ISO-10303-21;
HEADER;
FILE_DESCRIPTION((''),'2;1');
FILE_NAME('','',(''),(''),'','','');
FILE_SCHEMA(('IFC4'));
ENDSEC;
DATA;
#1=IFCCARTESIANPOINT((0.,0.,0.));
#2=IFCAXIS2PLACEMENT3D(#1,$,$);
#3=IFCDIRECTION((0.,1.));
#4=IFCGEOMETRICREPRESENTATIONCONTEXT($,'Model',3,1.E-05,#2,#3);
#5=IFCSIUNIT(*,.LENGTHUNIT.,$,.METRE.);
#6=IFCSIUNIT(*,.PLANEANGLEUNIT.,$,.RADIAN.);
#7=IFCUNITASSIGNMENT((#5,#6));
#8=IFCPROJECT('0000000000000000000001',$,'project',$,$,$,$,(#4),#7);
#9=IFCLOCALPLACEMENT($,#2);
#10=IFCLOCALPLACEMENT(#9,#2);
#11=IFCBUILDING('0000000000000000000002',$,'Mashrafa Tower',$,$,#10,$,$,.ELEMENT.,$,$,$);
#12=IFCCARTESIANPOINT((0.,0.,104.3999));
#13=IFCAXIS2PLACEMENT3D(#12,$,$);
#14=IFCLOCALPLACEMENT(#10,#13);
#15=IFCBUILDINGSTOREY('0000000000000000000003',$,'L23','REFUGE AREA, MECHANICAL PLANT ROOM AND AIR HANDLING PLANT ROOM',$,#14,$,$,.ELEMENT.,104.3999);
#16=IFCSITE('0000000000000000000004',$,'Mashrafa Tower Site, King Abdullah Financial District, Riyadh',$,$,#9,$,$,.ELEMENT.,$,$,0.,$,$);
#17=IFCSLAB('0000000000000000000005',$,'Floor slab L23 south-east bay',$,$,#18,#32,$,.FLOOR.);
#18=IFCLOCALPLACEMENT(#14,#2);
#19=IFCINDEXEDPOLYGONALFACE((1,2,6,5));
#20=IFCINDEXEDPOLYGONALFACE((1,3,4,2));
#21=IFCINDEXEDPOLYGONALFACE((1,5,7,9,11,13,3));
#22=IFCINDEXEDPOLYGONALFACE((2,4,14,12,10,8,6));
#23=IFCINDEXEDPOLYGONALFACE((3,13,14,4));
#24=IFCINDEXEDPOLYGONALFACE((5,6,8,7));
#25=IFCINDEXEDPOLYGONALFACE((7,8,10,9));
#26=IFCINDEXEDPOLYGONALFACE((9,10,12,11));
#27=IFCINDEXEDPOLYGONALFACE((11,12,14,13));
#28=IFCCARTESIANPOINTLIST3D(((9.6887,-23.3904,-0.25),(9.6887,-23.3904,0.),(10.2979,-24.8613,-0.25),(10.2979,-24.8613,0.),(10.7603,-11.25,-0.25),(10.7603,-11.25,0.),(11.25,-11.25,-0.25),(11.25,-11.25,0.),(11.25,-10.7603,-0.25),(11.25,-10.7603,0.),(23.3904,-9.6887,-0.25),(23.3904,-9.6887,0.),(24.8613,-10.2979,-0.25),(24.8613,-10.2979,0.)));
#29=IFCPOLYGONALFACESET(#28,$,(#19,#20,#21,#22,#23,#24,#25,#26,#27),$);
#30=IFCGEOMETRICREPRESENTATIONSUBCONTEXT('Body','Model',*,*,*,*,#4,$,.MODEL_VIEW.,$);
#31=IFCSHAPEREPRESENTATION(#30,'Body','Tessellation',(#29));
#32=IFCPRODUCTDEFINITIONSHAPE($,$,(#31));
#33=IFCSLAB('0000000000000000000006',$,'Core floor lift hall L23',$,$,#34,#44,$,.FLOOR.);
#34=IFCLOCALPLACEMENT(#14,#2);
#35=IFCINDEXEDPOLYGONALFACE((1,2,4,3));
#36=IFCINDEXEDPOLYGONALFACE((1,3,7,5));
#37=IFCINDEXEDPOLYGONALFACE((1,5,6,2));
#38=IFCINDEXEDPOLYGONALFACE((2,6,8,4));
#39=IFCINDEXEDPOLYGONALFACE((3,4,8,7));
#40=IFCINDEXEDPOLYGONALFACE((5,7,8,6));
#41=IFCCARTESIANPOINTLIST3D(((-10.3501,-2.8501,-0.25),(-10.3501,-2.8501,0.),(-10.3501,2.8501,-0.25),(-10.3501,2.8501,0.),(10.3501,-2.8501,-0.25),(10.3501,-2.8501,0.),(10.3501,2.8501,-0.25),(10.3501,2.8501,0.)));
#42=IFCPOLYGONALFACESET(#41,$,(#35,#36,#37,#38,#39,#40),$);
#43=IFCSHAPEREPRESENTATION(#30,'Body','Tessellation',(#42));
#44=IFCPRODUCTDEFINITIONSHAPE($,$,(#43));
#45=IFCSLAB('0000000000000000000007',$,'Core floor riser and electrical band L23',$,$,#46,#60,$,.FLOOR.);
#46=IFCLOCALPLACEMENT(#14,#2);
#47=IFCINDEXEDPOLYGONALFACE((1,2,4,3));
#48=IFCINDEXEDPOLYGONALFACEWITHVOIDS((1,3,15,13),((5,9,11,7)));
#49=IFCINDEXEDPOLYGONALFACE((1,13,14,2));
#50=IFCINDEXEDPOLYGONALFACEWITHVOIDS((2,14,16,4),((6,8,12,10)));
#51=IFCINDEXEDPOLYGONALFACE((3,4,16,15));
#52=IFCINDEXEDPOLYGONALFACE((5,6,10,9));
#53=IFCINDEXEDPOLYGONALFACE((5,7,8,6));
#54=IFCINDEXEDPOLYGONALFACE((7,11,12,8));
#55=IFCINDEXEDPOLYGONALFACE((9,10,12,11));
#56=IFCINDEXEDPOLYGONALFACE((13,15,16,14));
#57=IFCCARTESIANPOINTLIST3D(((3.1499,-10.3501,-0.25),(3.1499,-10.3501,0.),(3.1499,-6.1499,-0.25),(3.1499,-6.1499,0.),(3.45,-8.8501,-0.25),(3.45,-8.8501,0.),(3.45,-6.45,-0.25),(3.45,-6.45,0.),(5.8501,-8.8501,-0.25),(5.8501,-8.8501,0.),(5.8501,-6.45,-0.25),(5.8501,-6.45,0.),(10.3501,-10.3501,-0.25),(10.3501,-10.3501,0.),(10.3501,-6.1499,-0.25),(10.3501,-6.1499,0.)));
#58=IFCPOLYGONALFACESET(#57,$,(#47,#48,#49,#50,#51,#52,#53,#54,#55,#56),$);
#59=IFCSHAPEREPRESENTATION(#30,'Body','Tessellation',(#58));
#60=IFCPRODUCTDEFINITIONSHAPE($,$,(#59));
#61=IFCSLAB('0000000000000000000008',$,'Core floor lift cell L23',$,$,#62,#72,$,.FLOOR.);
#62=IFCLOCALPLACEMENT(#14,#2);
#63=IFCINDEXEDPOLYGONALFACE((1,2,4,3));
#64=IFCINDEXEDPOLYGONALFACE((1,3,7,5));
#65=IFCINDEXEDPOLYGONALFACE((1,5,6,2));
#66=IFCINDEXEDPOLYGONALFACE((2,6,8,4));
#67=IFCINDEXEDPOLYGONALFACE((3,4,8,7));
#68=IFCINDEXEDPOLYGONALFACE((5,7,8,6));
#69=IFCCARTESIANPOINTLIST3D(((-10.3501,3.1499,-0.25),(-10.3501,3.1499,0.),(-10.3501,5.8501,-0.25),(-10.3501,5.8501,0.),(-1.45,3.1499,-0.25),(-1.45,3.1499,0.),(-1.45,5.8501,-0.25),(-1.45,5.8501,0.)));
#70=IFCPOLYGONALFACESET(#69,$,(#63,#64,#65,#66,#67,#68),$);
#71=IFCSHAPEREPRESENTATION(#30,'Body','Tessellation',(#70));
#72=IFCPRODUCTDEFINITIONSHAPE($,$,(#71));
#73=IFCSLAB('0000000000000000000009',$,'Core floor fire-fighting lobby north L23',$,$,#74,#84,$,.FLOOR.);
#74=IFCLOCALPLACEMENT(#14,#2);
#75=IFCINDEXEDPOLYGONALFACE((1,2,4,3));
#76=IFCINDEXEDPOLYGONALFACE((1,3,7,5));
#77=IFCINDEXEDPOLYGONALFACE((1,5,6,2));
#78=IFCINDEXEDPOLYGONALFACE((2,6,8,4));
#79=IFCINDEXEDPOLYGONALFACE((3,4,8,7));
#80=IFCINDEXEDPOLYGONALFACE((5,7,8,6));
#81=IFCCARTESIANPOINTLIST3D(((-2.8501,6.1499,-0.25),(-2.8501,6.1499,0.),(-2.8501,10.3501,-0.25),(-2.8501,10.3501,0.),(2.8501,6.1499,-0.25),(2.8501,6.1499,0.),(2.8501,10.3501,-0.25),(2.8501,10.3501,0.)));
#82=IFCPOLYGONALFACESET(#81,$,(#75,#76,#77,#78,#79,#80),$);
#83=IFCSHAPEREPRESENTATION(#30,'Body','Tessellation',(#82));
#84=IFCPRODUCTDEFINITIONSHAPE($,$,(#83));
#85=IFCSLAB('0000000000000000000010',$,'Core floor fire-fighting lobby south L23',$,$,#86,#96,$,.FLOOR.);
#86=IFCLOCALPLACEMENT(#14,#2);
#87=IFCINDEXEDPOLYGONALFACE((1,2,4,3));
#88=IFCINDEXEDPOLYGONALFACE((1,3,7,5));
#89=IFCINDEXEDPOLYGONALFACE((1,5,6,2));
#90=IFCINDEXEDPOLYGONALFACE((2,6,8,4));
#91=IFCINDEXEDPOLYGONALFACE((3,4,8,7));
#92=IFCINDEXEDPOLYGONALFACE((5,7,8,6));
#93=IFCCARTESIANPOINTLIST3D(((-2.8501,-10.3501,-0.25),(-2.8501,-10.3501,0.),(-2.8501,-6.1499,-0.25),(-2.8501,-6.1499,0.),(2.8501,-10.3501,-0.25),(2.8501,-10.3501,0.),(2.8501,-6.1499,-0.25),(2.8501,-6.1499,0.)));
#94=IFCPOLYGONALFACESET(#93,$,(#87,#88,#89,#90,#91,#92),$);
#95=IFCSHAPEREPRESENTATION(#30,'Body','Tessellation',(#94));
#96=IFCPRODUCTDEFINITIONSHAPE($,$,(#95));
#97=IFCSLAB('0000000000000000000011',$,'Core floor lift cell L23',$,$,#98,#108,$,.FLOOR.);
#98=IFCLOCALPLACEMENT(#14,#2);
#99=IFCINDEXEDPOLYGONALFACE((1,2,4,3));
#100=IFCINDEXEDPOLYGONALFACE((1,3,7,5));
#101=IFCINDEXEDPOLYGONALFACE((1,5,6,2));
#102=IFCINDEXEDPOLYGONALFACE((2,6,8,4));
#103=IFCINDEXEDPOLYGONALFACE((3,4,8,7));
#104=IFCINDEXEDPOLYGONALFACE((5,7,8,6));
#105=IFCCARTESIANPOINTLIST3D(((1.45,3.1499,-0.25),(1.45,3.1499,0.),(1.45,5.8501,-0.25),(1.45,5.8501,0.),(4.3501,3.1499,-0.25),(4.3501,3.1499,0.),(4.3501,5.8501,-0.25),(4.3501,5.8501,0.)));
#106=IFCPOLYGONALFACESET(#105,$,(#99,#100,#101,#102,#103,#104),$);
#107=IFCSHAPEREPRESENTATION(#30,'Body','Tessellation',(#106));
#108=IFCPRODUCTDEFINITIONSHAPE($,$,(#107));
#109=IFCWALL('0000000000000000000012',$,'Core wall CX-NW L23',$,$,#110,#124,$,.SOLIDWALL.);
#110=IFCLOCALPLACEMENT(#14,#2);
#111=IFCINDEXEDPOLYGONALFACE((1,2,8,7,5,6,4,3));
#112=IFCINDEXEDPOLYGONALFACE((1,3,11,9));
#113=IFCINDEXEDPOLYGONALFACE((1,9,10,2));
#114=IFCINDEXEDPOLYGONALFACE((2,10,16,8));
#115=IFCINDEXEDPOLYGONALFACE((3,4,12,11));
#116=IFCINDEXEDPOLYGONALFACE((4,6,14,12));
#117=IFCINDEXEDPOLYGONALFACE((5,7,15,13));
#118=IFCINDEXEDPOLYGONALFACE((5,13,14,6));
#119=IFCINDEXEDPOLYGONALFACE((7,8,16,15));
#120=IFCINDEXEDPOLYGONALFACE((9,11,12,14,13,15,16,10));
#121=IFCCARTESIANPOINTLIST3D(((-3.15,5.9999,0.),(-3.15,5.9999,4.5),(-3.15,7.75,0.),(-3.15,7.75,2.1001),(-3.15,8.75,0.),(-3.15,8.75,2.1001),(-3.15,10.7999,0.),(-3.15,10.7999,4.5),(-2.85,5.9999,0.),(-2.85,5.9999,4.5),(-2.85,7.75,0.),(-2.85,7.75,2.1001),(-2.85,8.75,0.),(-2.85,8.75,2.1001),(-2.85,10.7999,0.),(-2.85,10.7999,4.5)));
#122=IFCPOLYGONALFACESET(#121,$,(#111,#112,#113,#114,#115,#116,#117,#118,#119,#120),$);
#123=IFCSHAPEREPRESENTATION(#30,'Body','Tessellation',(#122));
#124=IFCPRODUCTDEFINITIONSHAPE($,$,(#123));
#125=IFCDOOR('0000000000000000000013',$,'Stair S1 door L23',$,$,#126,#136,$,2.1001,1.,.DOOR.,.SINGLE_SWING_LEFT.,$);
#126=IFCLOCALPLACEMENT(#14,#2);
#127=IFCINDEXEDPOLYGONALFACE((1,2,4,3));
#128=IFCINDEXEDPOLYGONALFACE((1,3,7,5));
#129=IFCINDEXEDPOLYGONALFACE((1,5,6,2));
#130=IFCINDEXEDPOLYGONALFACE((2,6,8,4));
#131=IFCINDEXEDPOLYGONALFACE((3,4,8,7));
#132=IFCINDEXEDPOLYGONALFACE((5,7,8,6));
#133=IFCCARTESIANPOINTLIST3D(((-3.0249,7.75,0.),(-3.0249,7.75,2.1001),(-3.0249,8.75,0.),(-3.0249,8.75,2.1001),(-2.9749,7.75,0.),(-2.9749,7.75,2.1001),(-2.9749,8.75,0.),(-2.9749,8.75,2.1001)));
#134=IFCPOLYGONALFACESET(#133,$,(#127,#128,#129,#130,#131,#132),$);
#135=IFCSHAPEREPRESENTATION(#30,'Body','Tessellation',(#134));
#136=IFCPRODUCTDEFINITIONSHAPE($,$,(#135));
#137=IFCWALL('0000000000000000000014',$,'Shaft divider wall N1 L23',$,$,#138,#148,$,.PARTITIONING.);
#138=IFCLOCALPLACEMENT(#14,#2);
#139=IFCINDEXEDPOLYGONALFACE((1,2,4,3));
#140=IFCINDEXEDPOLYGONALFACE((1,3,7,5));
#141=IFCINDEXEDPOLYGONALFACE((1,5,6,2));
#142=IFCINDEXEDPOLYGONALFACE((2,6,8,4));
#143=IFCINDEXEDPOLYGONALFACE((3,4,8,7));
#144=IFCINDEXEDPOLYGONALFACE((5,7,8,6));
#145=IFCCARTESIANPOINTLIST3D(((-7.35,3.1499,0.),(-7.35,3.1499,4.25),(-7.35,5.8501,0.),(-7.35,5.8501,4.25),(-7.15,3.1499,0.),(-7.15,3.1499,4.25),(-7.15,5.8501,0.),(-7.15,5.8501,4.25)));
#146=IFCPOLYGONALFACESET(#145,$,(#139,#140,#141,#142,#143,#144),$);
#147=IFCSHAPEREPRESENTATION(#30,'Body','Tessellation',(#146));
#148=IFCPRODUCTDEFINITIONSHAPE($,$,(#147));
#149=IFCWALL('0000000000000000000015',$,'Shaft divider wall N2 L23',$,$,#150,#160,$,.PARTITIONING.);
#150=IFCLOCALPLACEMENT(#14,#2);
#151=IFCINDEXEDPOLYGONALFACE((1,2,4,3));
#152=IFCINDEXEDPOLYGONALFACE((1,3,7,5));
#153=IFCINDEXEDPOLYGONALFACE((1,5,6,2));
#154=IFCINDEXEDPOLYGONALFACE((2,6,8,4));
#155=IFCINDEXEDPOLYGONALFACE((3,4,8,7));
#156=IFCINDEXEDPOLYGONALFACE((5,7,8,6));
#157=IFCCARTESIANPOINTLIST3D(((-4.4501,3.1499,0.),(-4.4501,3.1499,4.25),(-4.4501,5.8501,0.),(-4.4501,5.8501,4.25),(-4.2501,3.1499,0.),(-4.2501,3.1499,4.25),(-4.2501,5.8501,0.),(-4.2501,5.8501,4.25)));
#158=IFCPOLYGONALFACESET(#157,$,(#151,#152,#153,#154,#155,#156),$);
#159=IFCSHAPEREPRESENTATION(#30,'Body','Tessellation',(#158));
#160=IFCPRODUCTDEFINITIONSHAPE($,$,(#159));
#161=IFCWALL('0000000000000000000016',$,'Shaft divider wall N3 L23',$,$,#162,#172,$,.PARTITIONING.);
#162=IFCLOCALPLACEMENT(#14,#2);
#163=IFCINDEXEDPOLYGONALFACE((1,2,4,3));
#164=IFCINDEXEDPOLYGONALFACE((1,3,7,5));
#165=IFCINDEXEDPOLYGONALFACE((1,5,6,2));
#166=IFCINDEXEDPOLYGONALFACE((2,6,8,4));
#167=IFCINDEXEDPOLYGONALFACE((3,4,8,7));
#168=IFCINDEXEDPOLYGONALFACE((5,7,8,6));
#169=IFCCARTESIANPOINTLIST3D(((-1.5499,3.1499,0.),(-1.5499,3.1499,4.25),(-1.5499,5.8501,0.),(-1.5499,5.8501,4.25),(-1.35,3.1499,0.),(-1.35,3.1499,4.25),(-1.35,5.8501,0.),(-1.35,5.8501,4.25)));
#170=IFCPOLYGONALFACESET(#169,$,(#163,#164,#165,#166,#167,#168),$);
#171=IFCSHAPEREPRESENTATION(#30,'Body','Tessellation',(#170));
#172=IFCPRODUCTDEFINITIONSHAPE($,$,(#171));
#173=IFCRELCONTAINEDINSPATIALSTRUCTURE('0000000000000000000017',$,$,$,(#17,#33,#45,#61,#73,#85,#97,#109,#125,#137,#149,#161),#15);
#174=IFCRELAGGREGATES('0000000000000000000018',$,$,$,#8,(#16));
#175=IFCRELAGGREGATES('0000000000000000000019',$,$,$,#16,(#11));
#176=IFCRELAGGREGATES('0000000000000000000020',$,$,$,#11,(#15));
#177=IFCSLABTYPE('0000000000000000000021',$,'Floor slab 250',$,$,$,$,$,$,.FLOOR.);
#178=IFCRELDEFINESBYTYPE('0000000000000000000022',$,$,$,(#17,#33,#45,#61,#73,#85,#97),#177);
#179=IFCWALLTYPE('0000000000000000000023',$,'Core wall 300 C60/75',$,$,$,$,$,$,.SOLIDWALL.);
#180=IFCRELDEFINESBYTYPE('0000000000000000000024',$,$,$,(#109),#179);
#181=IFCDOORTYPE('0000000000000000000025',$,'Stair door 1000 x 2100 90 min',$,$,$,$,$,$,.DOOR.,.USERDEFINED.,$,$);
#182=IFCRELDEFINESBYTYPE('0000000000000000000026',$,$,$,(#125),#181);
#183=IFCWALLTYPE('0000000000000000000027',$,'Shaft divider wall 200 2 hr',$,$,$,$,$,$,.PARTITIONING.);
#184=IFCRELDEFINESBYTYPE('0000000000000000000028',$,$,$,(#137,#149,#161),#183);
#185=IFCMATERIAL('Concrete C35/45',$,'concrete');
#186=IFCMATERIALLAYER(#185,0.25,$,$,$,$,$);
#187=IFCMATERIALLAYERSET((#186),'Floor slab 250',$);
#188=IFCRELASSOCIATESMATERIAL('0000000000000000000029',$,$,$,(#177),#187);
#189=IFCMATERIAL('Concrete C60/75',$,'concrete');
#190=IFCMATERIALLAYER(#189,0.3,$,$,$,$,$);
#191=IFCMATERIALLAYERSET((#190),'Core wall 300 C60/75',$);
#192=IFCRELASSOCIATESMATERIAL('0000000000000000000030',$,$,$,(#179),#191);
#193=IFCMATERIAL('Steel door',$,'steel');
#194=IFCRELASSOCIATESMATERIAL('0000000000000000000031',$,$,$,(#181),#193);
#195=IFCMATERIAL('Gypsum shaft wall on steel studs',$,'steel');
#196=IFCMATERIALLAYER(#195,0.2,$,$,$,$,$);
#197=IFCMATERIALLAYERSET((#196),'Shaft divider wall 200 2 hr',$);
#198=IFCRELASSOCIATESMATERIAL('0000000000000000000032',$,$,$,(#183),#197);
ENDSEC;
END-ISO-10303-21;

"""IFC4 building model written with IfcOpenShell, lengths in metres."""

from ifc_helpers import new_model, si_unit, direction, frame, frame_2d, origin, place, context, subcontext, project, spatial, polyline, rectangle, outline, extrude, material, layer, layer_set, type_object, element, fill, save


model = new_model("IFC4")

# Units and contexts
model_context = context("Model", 3, precision=1e-05, world=origin(), true_north=direction((0.0, 1.0)))
body_context = subcontext(model_context, "Body", "Model", "MODEL_VIEW")
ifc_project = project(units=[si_unit("LENGTHUNIT", "METRE"), si_unit("PLANEANGLEUNIT", "RADIAN")], contexts=[model_context])

# Site, building, storey
site_placement = place(None, origin())
site = spatial("IfcSite", under=ifc_project, at=site_placement, Name="Mashrafa Tower Site, King Abdullah Financial District, Riyadh", CompositionType="ELEMENT", RefElevation=0.0)
building_placement = place(site_placement, origin())
building = spatial("IfcBuilding", under=site, at=building_placement, Name="Mashrafa Tower", CompositionType="ELEMENT")
storey_placement = place(building_placement, frame((0.0, 0.0, 104.3999)))
storey = spatial("IfcBuildingStorey", under=building, at=storey_placement, Name="L23", Description="REFUGE AREA, MECHANICAL PLANT ROOM AND AIR HANDLING PLANT ROOM", CompositionType="ELEMENT", Elevation=104.3999)

# Slabs
ifc_material_1 = material(Name="Concrete C35/45", Category="concrete")
ifc_layer_1 = layer(ifc_material_1, 0.25)
ifc_layer_set_1 = layer_set([ifc_layer_1], Name="Floor slab 250")
slab_type = type_object("IfcSlabType", Name="Floor slab 250", PredefinedType="FLOOR", material=ifc_layer_set_1)
slab_1_placement = place(storey_placement, frame((0.0, 0.0, -0.25)))
element("IfcSlab", 1, at=slab_1_placement, inside=storey, type_object=slab_type, Name="Floor slab L23 south-east bay", PredefinedType="FLOOR", context=body_context, shape_type="SweptSolid", body=[
    extrude(outline(polyline([(10.2979, -24.8613), (9.6887, -23.3904), (10.7603, -11.25), (11.25, -11.25), (11.25, -10.7603), (23.3904, -9.6887), (24.8613, -10.2979), (10.2979, -24.8613)])), origin(), (0.0, 0.0, 1.0), 0.25),
])
slab_2_placement = place(storey_placement, frame((0.0, 0.0, -0.25)))
element("IfcSlab", 2, at=slab_2_placement, inside=storey, type_object=slab_type, Name="Core floor lift hall L23", PredefinedType="FLOOR", context=body_context, shape_type="SweptSolid", body=[
    extrude(outline(polyline([(-10.3501, 2.8501), (10.3501, 2.8501), (10.3501, -2.8501), (-10.3501, -2.8501), (-10.3501, 2.8501)])), origin(), (0.0, 0.0, 1.0), 0.25),
])
slab_3_placement = place(storey_placement, frame((0.0, 0.0, -0.25)))
element("IfcSlab", 3, at=slab_3_placement, inside=storey, type_object=slab_type, Name="Core floor riser and electrical band L23", PredefinedType="FLOOR", context=body_context, shape_type="SweptSolid", body=[
    extrude(outline(polyline([(10.3501, -6.1499), (10.3501, -10.3501), (3.1499, -10.3501), (3.1499, -6.1499), (10.3501, -6.1499)]), holes=[polyline([(3.45, -8.8501), (5.8501, -8.8501), (5.8501, -6.45), (3.45, -6.45), (3.45, -8.8501)])]), origin(), (0.0, 0.0, 1.0), 0.25),
])
slab_4_placement = place(storey_placement, frame((0.0, 0.0, -0.25)))
element("IfcSlab", 4, at=slab_4_placement, inside=storey, type_object=slab_type, Name="Core floor lift cell L23", PredefinedType="FLOOR", context=body_context, shape_type="SweptSolid", body=[
    extrude(outline(polyline([(-1.45, 3.1499), (-10.3501, 3.1499), (-10.3501, 5.8501), (-1.45, 5.8501), (-1.45, 3.1499)])), origin(), (0.0, 0.0, 1.0), 0.25),
])
slab_5_placement = place(storey_placement, frame((0.0, 0.0, -0.25)))
element("IfcSlab", 5, at=slab_5_placement, inside=storey, type_object=slab_type, Name="Core floor fire-fighting lobby north L23", PredefinedType="FLOOR", context=body_context, shape_type="SweptSolid", body=[
    extrude(outline(polyline([(-2.8501, 10.3501), (2.8501, 10.3501), (2.8501, 6.1499), (-2.8501, 6.1499), (-2.8501, 10.3501)])), origin(), (0.0, 0.0, 1.0), 0.25),
])
slab_6_placement = place(storey_placement, frame((0.0, 0.0, -0.25)))
element("IfcSlab", 6, at=slab_6_placement, inside=storey, type_object=slab_type, Name="Core floor fire-fighting lobby south L23", PredefinedType="FLOOR", context=body_context, shape_type="SweptSolid", body=[
    extrude(outline(polyline([(2.8501, -6.1499), (2.8501, -10.3501), (-2.8501, -10.3501), (-2.8501, -6.1499), (2.8501, -6.1499)])), origin(), (0.0, 0.0, 1.0), 0.25),
])
slab_7_placement = place(storey_placement, frame((0.0, 0.0, -0.25)))
element("IfcSlab", 7, at=slab_7_placement, inside=storey, type_object=slab_type, Name="Core floor lift cell L23", PredefinedType="FLOOR", context=body_context, shape_type="SweptSolid", body=[
    extrude(outline(polyline([(4.3501, 5.8501), (4.3501, 3.1499), (1.45, 3.1499), (1.45, 5.8501), (4.3501, 5.8501)])), origin(), (0.0, 0.0, 1.0), 0.25),
])

# Wall, opening, door
ifc_material_2 = material(Name="Concrete C60/75", Category="concrete")
ifc_layer_2 = layer(ifc_material_2, 0.3)
ifc_layer_set_2 = layer_set([ifc_layer_2], Name="Core wall 300 C60/75")
wall_type_1 = type_object("IfcWallType", Name="Core wall 300 C60/75", PredefinedType="SOLIDWALL", material=ifc_layer_set_2)
wall_placement = place(storey_placement, frame((-3.0, 6.0, 0.0), z_axis=(0.0, 0.0, 1.0), x_axis=(0.0, 1.0, 0.0)))
wall = element("IfcWall", 8, at=wall_placement, inside=storey, type_object=wall_type_1, Name="Core wall CX-NW L23", PredefinedType="SOLIDWALL", context=body_context, shape_type="SweptSolid", body=[
    extrude(rectangle(XDim=4.8, YDim=0.3, at=frame_2d((2.3999, 0.0))), origin(), (0.0, 0.0, 1.0), 4.5),
])
opening_placement = place(wall_placement, frame((1.75, 0.0, 0.0)))
opening = element("IfcOpeningElement", 9, at=opening_placement, cuts=wall, PredefinedType="OPENING", context=body_context, shape_type="SweptSolid", body=[
    extrude(rectangle(XDim=1.0, YDim=2.1001, at=frame_2d((0.5, 1.05))), frame((0.0, 0.1599, 0.0), z_axis=(0.0, -1.0, 0.0), x_axis=(1.0, 0.0, 0.0)), (0.0, 0.0, 1.0), 0.3201),
])
ifc_material_3 = material(Name="Steel door", Category="steel")
door_type = type_object("IfcDoorType", Name="Stair door 1000 x 2100 90 min", OperationType="USERDEFINED", PredefinedType="DOOR", material=ifc_material_3)
door_placement = place(opening_placement, origin())
door = element("IfcDoor", 10, at=door_placement, inside=storey, type_object=door_type, Name="Stair S1 door L23", OperationType="SINGLE_SWING_LEFT", OverallHeight=2.1001, OverallWidth=1.0, PredefinedType="DOOR", context=body_context, shape_type="SweptSolid", body=[
    extrude(rectangle(XDim=1.0, YDim=2.1001, at=frame_2d((0.5, 1.05))), frame((0.0, 0.0249, 0.0), z_axis=(0.0, -1.0, 0.0), x_axis=(1.0, 0.0, 0.0)), (0.0, 0.0, 1.0), 0.05),
])
fill(opening, door)

# Walls
ifc_material_4 = material(Name="Gypsum shaft wall on steel studs", Category="steel")
ifc_layer_3 = layer(ifc_material_4, 0.2)
ifc_layer_set_3 = layer_set([ifc_layer_3], Name="Shaft divider wall 200 2 hr")
wall_type_2 = type_object("IfcWallType", Name="Shaft divider wall 200 2 hr", PredefinedType="PARTITIONING", material=ifc_layer_set_3)
for number, where, z_axis, x_axis, name in (
    (11, (-7.25, 3.1499, 0.0), (0.0, 0.0, 1.0), (0.0, 1.0, 0.0), "Shaft divider wall N1 L23"),
    (12, (-4.3501, 3.1499, 0.0), (0.0, 0.0, 1.0), (0.0, 1.0, 0.0), "Shaft divider wall N2 L23"),
    (13, (-1.45, 3.1499, 0.0), (0.0, 0.0, 1.0), (0.0, 1.0, 0.0), "Shaft divider wall N3 L23"),
):
    element("IfcWall", number, at=place(storey_placement, frame(where, z_axis=z_axis, x_axis=x_axis)), inside=storey, type_object=wall_type_2, Name=name, PredefinedType="PARTITIONING", context=body_context, shape_type="SweptSolid", body=[
        extrude(rectangle(XDim=2.7002, YDim=0.2, at=frame_2d((1.3501, 0.0))), origin(), (0.0, 0.0, 1.0), 4.25),
    ])

save(model, "model.ifc")
